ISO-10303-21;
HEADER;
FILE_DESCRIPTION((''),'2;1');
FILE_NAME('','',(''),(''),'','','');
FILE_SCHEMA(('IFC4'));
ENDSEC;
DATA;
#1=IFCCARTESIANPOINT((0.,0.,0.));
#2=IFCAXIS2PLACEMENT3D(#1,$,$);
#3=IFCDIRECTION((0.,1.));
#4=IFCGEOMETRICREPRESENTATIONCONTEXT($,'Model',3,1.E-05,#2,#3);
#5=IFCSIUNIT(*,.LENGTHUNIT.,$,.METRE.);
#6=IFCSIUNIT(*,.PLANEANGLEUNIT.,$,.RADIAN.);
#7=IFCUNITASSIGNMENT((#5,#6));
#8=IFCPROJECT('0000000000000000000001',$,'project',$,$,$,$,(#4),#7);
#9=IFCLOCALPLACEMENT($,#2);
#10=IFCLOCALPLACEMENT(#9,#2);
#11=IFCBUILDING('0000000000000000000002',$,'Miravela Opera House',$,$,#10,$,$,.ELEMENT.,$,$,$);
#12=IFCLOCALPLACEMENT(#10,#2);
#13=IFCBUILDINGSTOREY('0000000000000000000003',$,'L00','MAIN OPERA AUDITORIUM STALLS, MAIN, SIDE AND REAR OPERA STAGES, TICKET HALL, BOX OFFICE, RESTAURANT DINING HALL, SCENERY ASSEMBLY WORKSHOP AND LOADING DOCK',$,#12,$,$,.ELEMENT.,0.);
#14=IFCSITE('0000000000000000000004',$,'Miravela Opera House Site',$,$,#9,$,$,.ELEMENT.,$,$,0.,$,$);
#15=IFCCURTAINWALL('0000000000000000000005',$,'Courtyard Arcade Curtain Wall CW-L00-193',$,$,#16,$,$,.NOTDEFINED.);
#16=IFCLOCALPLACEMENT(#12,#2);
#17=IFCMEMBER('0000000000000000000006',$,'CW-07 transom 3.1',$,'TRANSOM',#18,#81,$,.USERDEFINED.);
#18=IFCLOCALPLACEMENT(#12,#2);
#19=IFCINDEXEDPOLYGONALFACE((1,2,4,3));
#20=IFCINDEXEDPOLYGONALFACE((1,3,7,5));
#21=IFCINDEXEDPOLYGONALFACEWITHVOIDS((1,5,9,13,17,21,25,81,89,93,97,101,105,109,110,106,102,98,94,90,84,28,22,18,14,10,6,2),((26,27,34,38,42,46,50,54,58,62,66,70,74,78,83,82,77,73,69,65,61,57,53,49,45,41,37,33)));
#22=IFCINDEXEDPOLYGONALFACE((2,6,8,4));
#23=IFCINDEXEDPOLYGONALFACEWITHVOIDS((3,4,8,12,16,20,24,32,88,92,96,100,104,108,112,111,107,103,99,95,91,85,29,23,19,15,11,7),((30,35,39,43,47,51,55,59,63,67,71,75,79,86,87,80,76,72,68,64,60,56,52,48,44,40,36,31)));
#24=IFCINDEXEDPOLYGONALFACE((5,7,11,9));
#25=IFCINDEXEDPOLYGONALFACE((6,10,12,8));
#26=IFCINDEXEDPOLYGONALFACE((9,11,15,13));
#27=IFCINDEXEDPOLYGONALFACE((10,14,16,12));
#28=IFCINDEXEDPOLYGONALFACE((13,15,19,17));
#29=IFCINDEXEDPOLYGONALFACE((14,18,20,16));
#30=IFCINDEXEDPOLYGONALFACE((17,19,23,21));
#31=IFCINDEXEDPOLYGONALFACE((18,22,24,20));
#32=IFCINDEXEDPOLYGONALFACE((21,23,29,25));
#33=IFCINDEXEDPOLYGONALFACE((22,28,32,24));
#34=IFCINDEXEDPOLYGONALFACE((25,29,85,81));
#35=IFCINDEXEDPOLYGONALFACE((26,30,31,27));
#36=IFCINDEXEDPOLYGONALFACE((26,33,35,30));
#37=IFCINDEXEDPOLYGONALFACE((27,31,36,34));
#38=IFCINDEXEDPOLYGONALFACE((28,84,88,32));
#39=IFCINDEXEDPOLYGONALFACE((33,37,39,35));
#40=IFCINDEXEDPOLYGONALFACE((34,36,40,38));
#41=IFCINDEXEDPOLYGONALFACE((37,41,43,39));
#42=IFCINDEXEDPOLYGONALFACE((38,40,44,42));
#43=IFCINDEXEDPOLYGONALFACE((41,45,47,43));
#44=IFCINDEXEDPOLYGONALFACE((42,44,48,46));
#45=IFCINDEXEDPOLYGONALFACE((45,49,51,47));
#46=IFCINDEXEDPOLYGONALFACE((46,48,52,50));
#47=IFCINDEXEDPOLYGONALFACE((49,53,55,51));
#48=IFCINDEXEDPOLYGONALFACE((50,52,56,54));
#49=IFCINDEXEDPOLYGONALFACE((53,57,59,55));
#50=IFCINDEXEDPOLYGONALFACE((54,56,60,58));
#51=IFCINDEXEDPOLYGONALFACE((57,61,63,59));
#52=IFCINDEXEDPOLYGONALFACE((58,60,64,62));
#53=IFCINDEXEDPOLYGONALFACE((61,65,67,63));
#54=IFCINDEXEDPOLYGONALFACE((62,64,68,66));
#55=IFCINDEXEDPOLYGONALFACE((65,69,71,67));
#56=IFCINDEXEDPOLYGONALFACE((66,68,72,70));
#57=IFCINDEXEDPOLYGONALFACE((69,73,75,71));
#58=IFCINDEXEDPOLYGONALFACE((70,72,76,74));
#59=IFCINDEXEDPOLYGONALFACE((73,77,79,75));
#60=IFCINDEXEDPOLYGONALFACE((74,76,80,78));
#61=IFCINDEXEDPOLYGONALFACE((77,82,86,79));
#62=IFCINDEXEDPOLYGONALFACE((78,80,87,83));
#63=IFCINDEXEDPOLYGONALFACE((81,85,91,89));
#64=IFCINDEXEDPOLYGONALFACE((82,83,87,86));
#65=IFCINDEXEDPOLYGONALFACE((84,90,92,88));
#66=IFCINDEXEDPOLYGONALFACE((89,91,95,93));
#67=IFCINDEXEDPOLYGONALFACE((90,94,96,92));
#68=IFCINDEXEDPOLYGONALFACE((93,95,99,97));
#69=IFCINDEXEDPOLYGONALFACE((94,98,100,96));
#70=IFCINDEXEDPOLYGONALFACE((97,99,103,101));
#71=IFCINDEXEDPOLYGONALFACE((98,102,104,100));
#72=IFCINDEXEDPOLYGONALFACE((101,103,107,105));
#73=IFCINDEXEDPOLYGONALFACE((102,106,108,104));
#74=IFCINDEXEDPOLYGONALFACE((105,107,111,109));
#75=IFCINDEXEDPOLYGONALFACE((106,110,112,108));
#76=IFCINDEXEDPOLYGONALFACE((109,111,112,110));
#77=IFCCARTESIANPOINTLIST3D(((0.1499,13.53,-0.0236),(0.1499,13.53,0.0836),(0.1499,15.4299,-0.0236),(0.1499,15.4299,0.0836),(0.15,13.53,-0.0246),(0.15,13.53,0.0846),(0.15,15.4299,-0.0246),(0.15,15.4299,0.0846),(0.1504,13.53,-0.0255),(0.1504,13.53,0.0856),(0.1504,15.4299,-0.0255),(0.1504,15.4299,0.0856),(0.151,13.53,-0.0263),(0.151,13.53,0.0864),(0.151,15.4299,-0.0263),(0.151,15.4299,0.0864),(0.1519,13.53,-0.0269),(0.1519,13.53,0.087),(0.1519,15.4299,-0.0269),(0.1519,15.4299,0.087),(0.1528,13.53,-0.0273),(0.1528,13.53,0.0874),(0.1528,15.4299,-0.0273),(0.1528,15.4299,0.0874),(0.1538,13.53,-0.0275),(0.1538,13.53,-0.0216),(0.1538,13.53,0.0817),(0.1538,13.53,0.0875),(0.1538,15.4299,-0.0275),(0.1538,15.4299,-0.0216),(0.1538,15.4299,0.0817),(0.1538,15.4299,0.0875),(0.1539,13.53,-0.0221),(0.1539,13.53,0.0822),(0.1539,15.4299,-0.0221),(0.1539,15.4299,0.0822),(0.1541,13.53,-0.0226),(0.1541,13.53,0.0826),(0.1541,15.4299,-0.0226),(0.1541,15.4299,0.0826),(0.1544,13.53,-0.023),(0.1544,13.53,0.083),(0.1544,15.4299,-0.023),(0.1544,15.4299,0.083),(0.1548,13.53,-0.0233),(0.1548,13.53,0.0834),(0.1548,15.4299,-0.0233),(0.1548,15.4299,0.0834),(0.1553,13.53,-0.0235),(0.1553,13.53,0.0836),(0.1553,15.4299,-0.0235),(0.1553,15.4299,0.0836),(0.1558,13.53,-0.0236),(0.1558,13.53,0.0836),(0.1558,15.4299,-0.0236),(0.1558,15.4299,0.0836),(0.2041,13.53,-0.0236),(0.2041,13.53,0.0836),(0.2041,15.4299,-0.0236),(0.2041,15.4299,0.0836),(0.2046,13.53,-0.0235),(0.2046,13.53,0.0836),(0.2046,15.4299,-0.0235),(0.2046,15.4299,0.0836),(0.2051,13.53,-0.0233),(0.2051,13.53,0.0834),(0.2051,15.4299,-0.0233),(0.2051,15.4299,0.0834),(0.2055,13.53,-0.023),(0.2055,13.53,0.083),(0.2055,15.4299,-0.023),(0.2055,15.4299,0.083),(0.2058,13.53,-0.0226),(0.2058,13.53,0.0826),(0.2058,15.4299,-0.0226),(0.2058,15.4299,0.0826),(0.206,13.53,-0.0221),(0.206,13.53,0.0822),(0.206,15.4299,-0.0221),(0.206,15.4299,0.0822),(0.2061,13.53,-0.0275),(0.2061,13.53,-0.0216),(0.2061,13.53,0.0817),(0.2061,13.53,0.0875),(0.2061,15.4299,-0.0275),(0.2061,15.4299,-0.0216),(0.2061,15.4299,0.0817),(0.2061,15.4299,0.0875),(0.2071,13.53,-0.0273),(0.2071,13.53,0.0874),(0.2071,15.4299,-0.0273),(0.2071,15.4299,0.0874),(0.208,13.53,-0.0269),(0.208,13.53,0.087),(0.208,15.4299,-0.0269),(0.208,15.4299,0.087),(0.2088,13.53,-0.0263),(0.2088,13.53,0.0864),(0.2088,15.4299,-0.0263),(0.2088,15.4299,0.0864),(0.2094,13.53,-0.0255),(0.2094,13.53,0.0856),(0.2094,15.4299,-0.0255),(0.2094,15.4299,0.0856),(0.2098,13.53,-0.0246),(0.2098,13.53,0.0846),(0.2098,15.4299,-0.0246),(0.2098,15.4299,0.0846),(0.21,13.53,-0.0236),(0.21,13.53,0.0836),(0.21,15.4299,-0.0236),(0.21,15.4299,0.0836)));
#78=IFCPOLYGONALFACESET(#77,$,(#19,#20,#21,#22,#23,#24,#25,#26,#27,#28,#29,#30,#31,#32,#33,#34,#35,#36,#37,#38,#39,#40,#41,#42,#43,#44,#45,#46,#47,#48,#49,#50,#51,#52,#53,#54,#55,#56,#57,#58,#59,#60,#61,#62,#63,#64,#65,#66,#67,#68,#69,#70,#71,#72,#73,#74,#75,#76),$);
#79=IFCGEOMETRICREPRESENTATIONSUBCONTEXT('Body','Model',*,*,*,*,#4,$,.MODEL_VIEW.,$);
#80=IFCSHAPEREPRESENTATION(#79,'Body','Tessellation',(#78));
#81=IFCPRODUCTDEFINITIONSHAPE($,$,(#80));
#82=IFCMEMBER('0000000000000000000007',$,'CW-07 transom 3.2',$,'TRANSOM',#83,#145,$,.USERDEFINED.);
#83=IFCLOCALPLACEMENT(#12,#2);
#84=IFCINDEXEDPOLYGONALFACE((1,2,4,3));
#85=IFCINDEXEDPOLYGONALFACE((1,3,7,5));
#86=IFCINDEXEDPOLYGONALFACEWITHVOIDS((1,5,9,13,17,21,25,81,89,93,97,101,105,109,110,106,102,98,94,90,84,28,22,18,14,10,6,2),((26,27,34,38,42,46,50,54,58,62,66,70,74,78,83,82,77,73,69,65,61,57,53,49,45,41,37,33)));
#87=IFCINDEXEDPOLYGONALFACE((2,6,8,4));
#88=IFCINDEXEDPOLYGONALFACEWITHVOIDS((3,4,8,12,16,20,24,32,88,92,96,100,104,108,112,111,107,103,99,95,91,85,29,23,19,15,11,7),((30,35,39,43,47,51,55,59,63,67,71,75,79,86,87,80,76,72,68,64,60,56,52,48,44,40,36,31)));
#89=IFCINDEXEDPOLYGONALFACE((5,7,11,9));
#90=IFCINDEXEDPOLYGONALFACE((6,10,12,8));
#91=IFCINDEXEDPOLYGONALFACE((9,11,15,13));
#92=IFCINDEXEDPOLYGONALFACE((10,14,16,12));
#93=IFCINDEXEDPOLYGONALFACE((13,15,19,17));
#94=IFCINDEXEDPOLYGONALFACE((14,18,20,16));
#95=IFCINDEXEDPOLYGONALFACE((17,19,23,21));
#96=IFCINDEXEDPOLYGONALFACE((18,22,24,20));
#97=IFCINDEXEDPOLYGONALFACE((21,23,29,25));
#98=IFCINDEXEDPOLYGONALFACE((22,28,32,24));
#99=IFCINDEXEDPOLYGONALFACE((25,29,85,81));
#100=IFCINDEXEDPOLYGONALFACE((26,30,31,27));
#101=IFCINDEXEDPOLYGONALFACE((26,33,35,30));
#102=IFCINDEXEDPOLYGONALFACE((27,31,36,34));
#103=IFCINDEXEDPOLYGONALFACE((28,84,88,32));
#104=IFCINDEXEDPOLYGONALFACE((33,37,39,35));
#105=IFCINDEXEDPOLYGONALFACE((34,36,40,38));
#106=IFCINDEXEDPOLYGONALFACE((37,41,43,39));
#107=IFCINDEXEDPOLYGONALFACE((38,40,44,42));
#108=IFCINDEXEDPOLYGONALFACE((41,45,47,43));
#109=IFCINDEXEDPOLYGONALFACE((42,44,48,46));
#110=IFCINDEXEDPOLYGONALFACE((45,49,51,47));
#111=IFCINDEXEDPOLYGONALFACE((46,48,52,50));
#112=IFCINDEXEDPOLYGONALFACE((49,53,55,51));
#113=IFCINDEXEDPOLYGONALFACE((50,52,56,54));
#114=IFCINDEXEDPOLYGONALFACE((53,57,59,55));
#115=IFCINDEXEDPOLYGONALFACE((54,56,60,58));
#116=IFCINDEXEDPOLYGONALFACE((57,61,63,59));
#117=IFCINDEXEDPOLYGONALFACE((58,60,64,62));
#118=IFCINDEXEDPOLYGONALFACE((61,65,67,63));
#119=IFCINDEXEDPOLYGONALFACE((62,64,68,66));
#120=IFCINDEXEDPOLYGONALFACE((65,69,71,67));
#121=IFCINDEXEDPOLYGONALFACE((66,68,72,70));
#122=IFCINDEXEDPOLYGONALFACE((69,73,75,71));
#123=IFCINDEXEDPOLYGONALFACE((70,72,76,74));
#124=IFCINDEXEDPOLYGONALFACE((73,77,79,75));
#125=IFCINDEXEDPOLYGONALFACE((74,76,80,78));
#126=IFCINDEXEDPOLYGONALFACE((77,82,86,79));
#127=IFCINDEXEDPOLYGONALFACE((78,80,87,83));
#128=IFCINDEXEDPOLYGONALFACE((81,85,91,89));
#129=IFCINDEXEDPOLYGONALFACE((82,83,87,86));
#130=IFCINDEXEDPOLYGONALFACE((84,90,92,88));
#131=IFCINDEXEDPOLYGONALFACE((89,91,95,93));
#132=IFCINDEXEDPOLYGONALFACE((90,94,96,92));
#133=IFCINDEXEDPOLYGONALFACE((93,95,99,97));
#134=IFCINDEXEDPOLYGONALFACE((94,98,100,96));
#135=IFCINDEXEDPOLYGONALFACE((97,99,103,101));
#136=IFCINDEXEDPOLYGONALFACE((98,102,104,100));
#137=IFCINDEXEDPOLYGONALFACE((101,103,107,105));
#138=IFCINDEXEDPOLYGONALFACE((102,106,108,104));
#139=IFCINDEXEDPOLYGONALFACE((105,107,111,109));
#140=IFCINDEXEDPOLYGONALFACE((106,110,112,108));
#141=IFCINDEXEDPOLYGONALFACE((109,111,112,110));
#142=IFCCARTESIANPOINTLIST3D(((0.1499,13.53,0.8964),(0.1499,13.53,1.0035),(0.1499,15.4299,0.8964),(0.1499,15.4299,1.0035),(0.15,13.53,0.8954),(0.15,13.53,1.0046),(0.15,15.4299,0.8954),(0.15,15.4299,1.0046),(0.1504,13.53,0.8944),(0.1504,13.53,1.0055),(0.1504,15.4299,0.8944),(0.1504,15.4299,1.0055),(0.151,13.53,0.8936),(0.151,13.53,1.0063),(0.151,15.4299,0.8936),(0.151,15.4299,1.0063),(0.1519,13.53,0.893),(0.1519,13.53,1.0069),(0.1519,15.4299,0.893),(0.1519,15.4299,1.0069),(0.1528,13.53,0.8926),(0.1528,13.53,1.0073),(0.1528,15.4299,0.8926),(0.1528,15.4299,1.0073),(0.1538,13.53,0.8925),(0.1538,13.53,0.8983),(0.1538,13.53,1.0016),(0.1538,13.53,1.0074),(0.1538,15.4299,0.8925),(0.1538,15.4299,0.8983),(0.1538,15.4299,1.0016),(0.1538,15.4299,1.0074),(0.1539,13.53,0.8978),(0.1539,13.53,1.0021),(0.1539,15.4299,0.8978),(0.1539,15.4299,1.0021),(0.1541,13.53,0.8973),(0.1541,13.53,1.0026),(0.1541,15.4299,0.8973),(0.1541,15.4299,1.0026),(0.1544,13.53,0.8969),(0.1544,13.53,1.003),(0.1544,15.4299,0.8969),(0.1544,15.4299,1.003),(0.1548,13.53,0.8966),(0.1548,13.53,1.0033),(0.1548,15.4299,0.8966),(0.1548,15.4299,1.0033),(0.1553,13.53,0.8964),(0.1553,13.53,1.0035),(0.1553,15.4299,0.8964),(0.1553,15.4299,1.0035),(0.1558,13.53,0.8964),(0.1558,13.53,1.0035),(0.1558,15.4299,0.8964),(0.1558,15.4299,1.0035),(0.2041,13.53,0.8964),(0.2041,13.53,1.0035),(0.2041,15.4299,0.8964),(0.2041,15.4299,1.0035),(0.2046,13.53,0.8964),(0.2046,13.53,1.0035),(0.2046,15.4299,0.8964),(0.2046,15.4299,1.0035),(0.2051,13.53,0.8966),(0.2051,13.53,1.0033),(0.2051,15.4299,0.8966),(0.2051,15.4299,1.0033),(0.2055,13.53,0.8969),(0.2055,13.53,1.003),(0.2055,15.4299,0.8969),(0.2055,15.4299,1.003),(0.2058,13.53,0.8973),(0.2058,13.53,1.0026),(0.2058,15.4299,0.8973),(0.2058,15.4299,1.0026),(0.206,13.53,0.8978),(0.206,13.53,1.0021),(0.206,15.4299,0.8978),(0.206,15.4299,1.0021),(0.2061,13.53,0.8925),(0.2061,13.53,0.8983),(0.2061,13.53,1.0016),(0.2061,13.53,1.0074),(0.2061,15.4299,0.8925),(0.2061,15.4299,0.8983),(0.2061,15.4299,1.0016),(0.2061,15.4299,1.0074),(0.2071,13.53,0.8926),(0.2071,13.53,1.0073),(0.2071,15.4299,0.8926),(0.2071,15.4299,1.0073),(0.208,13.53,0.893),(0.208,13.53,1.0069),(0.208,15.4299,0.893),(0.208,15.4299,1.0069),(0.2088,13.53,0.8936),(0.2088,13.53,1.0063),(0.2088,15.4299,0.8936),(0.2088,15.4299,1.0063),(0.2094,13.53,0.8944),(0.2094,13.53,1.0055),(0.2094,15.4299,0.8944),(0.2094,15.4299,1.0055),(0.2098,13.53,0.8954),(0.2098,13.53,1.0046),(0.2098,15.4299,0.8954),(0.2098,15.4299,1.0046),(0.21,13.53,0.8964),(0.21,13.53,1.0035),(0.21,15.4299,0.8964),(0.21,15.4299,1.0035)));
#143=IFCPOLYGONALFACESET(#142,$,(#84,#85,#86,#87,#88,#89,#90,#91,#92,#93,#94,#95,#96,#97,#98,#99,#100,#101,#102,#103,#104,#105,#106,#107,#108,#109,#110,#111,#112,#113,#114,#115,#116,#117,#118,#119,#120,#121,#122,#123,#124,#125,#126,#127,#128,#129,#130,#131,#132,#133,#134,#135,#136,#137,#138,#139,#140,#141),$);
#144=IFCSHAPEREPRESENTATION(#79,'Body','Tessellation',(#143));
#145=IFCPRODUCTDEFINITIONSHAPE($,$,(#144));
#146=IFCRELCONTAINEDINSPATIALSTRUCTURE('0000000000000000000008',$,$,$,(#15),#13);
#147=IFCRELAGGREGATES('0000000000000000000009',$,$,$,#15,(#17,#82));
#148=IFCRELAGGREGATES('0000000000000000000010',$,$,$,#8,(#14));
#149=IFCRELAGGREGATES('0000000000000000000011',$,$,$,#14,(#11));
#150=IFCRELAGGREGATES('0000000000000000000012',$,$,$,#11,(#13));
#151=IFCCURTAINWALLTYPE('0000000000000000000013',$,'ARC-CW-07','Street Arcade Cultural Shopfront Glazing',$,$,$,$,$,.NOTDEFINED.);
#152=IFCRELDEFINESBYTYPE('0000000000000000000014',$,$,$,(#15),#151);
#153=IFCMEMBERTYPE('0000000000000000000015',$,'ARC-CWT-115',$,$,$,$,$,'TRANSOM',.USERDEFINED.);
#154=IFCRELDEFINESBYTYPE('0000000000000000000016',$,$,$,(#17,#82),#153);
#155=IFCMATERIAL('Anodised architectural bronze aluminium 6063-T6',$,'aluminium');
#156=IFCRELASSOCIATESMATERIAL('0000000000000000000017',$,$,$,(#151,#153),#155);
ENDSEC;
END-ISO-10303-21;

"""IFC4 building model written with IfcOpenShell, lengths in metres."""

from ifc_helpers import new_model, si_unit, direction, frame, origin, origin_2d, place, context, subcontext, project, spatial, hollow_rectangle, extrude, material, material_profile, profile_set, type_object, element, aggregate, save


model = new_model("IFC4")

# Units and contexts
model_context = context("Model", 3, precision=1e-05, world=origin(), true_north=direction((0.0, 1.0)))
body_context = subcontext(model_context, "Body", "Model", "MODEL_VIEW")
ifc_project = project(units=[si_unit("LENGTHUNIT", "METRE"), si_unit("PLANEANGLEUNIT", "RADIAN")], contexts=[model_context])

# Site, building, storey
site_placement = place(None, origin())
site = spatial("IfcSite", under=ifc_project, at=site_placement, Name="Miravela Opera House Site", CompositionType="ELEMENT", RefElevation=0.0)
building_placement = place(site_placement, origin())
building = spatial("IfcBuilding", under=site, at=building_placement, Name="Miravela Opera House", CompositionType="ELEMENT")
storey_placement = place(building_placement, origin())
storey = spatial("IfcBuildingStorey", under=building, at=storey_placement, Name="L00", Description="MAIN OPERA AUDITORIUM STALLS, MAIN, SIDE AND REAR OPERA STAGES, TICKET HALL, BOX OFFICE, RESTAURANT DINING HALL, SCENERY ASSEMBLY WORKSHOP AND LOADING DOCK", CompositionType="ELEMENT", Elevation=0.0)

# Curtain wall, members
ifc_material_1 = material(Name="Anodised architectural bronze aluminium 6063-T6", Category="aluminium")
curtain_wall_type = type_object("IfcCurtainWallType", Name="ARC-CW-07", Description="Street Arcade Cultural Shopfront Glazing", PredefinedType="NOTDEFINED", material=ifc_material_1)
curtain_wall_placement = place(storey_placement, origin())
curtain_wall = element("IfcCurtainWall", 1, at=curtain_wall_placement, inside=storey, type_object=curtain_wall_type, Name="Courtyard Arcade Curtain Wall CW-L00-193", PredefinedType="NOTDEFINED")
ifc_material_profile_1 = material_profile(ifc_material_1, hollow_rectangle(XDim=0.0601, YDim=0.115, WallThickness=0.0039, InnerFilletRadius=0.002, OuterFilletRadius=0.0039, at=origin_2d()), Name="CWT-60X115")
ifc_profile_set_1 = profile_set([ifc_material_profile_1])
member_type_1 = type_object("IfcMemberType", Name="ARC-CWT-115", ElementType="TRANSOM", PredefinedType="USERDEFINED", material=ifc_profile_set_1)
member_1_placement = place(storey_placement, frame((0.1799, 13.53, 0.03), z_axis=(0.0, 1.0, 0.0), x_axis=(-1.0, 0.0, 0.0)))
member_1 = element("IfcMember", 2, at=member_1_placement, type_object=member_type_1, Name="CW-07 transom 3.1", ObjectType="TRANSOM", PredefinedType="USERDEFINED", context=body_context, shape_type="SweptSolid", body=[
    extrude(hollow_rectangle(XDim=0.0601, YDim=0.115, WallThickness=0.0039, InnerFilletRadius=0.002, OuterFilletRadius=0.0039, at=origin_2d()), origin(), (0.0, 0.0, 1.0), 1.8999),
])
member_2_placement = place(storey_placement, frame((0.1799, 13.53, 0.95), z_axis=(0.0, 1.0, 0.0), x_axis=(-1.0, 0.0, 0.0)))
member_2 = element("IfcMember", 3, at=member_2_placement, type_object=member_type_1, Name="CW-07 transom 3.2", ObjectType="TRANSOM", PredefinedType="USERDEFINED", context=body_context, shape_type="SweptSolid", body=[
    extrude(hollow_rectangle(XDim=0.0601, YDim=0.115, WallThickness=0.0039, InnerFilletRadius=0.002, OuterFilletRadius=0.0039, at=origin_2d()), origin(), (0.0, 0.0, 1.0), 1.8999),
])

aggregate(curtain_wall, [member_1, member_2])

save(model, "model.ifc")
